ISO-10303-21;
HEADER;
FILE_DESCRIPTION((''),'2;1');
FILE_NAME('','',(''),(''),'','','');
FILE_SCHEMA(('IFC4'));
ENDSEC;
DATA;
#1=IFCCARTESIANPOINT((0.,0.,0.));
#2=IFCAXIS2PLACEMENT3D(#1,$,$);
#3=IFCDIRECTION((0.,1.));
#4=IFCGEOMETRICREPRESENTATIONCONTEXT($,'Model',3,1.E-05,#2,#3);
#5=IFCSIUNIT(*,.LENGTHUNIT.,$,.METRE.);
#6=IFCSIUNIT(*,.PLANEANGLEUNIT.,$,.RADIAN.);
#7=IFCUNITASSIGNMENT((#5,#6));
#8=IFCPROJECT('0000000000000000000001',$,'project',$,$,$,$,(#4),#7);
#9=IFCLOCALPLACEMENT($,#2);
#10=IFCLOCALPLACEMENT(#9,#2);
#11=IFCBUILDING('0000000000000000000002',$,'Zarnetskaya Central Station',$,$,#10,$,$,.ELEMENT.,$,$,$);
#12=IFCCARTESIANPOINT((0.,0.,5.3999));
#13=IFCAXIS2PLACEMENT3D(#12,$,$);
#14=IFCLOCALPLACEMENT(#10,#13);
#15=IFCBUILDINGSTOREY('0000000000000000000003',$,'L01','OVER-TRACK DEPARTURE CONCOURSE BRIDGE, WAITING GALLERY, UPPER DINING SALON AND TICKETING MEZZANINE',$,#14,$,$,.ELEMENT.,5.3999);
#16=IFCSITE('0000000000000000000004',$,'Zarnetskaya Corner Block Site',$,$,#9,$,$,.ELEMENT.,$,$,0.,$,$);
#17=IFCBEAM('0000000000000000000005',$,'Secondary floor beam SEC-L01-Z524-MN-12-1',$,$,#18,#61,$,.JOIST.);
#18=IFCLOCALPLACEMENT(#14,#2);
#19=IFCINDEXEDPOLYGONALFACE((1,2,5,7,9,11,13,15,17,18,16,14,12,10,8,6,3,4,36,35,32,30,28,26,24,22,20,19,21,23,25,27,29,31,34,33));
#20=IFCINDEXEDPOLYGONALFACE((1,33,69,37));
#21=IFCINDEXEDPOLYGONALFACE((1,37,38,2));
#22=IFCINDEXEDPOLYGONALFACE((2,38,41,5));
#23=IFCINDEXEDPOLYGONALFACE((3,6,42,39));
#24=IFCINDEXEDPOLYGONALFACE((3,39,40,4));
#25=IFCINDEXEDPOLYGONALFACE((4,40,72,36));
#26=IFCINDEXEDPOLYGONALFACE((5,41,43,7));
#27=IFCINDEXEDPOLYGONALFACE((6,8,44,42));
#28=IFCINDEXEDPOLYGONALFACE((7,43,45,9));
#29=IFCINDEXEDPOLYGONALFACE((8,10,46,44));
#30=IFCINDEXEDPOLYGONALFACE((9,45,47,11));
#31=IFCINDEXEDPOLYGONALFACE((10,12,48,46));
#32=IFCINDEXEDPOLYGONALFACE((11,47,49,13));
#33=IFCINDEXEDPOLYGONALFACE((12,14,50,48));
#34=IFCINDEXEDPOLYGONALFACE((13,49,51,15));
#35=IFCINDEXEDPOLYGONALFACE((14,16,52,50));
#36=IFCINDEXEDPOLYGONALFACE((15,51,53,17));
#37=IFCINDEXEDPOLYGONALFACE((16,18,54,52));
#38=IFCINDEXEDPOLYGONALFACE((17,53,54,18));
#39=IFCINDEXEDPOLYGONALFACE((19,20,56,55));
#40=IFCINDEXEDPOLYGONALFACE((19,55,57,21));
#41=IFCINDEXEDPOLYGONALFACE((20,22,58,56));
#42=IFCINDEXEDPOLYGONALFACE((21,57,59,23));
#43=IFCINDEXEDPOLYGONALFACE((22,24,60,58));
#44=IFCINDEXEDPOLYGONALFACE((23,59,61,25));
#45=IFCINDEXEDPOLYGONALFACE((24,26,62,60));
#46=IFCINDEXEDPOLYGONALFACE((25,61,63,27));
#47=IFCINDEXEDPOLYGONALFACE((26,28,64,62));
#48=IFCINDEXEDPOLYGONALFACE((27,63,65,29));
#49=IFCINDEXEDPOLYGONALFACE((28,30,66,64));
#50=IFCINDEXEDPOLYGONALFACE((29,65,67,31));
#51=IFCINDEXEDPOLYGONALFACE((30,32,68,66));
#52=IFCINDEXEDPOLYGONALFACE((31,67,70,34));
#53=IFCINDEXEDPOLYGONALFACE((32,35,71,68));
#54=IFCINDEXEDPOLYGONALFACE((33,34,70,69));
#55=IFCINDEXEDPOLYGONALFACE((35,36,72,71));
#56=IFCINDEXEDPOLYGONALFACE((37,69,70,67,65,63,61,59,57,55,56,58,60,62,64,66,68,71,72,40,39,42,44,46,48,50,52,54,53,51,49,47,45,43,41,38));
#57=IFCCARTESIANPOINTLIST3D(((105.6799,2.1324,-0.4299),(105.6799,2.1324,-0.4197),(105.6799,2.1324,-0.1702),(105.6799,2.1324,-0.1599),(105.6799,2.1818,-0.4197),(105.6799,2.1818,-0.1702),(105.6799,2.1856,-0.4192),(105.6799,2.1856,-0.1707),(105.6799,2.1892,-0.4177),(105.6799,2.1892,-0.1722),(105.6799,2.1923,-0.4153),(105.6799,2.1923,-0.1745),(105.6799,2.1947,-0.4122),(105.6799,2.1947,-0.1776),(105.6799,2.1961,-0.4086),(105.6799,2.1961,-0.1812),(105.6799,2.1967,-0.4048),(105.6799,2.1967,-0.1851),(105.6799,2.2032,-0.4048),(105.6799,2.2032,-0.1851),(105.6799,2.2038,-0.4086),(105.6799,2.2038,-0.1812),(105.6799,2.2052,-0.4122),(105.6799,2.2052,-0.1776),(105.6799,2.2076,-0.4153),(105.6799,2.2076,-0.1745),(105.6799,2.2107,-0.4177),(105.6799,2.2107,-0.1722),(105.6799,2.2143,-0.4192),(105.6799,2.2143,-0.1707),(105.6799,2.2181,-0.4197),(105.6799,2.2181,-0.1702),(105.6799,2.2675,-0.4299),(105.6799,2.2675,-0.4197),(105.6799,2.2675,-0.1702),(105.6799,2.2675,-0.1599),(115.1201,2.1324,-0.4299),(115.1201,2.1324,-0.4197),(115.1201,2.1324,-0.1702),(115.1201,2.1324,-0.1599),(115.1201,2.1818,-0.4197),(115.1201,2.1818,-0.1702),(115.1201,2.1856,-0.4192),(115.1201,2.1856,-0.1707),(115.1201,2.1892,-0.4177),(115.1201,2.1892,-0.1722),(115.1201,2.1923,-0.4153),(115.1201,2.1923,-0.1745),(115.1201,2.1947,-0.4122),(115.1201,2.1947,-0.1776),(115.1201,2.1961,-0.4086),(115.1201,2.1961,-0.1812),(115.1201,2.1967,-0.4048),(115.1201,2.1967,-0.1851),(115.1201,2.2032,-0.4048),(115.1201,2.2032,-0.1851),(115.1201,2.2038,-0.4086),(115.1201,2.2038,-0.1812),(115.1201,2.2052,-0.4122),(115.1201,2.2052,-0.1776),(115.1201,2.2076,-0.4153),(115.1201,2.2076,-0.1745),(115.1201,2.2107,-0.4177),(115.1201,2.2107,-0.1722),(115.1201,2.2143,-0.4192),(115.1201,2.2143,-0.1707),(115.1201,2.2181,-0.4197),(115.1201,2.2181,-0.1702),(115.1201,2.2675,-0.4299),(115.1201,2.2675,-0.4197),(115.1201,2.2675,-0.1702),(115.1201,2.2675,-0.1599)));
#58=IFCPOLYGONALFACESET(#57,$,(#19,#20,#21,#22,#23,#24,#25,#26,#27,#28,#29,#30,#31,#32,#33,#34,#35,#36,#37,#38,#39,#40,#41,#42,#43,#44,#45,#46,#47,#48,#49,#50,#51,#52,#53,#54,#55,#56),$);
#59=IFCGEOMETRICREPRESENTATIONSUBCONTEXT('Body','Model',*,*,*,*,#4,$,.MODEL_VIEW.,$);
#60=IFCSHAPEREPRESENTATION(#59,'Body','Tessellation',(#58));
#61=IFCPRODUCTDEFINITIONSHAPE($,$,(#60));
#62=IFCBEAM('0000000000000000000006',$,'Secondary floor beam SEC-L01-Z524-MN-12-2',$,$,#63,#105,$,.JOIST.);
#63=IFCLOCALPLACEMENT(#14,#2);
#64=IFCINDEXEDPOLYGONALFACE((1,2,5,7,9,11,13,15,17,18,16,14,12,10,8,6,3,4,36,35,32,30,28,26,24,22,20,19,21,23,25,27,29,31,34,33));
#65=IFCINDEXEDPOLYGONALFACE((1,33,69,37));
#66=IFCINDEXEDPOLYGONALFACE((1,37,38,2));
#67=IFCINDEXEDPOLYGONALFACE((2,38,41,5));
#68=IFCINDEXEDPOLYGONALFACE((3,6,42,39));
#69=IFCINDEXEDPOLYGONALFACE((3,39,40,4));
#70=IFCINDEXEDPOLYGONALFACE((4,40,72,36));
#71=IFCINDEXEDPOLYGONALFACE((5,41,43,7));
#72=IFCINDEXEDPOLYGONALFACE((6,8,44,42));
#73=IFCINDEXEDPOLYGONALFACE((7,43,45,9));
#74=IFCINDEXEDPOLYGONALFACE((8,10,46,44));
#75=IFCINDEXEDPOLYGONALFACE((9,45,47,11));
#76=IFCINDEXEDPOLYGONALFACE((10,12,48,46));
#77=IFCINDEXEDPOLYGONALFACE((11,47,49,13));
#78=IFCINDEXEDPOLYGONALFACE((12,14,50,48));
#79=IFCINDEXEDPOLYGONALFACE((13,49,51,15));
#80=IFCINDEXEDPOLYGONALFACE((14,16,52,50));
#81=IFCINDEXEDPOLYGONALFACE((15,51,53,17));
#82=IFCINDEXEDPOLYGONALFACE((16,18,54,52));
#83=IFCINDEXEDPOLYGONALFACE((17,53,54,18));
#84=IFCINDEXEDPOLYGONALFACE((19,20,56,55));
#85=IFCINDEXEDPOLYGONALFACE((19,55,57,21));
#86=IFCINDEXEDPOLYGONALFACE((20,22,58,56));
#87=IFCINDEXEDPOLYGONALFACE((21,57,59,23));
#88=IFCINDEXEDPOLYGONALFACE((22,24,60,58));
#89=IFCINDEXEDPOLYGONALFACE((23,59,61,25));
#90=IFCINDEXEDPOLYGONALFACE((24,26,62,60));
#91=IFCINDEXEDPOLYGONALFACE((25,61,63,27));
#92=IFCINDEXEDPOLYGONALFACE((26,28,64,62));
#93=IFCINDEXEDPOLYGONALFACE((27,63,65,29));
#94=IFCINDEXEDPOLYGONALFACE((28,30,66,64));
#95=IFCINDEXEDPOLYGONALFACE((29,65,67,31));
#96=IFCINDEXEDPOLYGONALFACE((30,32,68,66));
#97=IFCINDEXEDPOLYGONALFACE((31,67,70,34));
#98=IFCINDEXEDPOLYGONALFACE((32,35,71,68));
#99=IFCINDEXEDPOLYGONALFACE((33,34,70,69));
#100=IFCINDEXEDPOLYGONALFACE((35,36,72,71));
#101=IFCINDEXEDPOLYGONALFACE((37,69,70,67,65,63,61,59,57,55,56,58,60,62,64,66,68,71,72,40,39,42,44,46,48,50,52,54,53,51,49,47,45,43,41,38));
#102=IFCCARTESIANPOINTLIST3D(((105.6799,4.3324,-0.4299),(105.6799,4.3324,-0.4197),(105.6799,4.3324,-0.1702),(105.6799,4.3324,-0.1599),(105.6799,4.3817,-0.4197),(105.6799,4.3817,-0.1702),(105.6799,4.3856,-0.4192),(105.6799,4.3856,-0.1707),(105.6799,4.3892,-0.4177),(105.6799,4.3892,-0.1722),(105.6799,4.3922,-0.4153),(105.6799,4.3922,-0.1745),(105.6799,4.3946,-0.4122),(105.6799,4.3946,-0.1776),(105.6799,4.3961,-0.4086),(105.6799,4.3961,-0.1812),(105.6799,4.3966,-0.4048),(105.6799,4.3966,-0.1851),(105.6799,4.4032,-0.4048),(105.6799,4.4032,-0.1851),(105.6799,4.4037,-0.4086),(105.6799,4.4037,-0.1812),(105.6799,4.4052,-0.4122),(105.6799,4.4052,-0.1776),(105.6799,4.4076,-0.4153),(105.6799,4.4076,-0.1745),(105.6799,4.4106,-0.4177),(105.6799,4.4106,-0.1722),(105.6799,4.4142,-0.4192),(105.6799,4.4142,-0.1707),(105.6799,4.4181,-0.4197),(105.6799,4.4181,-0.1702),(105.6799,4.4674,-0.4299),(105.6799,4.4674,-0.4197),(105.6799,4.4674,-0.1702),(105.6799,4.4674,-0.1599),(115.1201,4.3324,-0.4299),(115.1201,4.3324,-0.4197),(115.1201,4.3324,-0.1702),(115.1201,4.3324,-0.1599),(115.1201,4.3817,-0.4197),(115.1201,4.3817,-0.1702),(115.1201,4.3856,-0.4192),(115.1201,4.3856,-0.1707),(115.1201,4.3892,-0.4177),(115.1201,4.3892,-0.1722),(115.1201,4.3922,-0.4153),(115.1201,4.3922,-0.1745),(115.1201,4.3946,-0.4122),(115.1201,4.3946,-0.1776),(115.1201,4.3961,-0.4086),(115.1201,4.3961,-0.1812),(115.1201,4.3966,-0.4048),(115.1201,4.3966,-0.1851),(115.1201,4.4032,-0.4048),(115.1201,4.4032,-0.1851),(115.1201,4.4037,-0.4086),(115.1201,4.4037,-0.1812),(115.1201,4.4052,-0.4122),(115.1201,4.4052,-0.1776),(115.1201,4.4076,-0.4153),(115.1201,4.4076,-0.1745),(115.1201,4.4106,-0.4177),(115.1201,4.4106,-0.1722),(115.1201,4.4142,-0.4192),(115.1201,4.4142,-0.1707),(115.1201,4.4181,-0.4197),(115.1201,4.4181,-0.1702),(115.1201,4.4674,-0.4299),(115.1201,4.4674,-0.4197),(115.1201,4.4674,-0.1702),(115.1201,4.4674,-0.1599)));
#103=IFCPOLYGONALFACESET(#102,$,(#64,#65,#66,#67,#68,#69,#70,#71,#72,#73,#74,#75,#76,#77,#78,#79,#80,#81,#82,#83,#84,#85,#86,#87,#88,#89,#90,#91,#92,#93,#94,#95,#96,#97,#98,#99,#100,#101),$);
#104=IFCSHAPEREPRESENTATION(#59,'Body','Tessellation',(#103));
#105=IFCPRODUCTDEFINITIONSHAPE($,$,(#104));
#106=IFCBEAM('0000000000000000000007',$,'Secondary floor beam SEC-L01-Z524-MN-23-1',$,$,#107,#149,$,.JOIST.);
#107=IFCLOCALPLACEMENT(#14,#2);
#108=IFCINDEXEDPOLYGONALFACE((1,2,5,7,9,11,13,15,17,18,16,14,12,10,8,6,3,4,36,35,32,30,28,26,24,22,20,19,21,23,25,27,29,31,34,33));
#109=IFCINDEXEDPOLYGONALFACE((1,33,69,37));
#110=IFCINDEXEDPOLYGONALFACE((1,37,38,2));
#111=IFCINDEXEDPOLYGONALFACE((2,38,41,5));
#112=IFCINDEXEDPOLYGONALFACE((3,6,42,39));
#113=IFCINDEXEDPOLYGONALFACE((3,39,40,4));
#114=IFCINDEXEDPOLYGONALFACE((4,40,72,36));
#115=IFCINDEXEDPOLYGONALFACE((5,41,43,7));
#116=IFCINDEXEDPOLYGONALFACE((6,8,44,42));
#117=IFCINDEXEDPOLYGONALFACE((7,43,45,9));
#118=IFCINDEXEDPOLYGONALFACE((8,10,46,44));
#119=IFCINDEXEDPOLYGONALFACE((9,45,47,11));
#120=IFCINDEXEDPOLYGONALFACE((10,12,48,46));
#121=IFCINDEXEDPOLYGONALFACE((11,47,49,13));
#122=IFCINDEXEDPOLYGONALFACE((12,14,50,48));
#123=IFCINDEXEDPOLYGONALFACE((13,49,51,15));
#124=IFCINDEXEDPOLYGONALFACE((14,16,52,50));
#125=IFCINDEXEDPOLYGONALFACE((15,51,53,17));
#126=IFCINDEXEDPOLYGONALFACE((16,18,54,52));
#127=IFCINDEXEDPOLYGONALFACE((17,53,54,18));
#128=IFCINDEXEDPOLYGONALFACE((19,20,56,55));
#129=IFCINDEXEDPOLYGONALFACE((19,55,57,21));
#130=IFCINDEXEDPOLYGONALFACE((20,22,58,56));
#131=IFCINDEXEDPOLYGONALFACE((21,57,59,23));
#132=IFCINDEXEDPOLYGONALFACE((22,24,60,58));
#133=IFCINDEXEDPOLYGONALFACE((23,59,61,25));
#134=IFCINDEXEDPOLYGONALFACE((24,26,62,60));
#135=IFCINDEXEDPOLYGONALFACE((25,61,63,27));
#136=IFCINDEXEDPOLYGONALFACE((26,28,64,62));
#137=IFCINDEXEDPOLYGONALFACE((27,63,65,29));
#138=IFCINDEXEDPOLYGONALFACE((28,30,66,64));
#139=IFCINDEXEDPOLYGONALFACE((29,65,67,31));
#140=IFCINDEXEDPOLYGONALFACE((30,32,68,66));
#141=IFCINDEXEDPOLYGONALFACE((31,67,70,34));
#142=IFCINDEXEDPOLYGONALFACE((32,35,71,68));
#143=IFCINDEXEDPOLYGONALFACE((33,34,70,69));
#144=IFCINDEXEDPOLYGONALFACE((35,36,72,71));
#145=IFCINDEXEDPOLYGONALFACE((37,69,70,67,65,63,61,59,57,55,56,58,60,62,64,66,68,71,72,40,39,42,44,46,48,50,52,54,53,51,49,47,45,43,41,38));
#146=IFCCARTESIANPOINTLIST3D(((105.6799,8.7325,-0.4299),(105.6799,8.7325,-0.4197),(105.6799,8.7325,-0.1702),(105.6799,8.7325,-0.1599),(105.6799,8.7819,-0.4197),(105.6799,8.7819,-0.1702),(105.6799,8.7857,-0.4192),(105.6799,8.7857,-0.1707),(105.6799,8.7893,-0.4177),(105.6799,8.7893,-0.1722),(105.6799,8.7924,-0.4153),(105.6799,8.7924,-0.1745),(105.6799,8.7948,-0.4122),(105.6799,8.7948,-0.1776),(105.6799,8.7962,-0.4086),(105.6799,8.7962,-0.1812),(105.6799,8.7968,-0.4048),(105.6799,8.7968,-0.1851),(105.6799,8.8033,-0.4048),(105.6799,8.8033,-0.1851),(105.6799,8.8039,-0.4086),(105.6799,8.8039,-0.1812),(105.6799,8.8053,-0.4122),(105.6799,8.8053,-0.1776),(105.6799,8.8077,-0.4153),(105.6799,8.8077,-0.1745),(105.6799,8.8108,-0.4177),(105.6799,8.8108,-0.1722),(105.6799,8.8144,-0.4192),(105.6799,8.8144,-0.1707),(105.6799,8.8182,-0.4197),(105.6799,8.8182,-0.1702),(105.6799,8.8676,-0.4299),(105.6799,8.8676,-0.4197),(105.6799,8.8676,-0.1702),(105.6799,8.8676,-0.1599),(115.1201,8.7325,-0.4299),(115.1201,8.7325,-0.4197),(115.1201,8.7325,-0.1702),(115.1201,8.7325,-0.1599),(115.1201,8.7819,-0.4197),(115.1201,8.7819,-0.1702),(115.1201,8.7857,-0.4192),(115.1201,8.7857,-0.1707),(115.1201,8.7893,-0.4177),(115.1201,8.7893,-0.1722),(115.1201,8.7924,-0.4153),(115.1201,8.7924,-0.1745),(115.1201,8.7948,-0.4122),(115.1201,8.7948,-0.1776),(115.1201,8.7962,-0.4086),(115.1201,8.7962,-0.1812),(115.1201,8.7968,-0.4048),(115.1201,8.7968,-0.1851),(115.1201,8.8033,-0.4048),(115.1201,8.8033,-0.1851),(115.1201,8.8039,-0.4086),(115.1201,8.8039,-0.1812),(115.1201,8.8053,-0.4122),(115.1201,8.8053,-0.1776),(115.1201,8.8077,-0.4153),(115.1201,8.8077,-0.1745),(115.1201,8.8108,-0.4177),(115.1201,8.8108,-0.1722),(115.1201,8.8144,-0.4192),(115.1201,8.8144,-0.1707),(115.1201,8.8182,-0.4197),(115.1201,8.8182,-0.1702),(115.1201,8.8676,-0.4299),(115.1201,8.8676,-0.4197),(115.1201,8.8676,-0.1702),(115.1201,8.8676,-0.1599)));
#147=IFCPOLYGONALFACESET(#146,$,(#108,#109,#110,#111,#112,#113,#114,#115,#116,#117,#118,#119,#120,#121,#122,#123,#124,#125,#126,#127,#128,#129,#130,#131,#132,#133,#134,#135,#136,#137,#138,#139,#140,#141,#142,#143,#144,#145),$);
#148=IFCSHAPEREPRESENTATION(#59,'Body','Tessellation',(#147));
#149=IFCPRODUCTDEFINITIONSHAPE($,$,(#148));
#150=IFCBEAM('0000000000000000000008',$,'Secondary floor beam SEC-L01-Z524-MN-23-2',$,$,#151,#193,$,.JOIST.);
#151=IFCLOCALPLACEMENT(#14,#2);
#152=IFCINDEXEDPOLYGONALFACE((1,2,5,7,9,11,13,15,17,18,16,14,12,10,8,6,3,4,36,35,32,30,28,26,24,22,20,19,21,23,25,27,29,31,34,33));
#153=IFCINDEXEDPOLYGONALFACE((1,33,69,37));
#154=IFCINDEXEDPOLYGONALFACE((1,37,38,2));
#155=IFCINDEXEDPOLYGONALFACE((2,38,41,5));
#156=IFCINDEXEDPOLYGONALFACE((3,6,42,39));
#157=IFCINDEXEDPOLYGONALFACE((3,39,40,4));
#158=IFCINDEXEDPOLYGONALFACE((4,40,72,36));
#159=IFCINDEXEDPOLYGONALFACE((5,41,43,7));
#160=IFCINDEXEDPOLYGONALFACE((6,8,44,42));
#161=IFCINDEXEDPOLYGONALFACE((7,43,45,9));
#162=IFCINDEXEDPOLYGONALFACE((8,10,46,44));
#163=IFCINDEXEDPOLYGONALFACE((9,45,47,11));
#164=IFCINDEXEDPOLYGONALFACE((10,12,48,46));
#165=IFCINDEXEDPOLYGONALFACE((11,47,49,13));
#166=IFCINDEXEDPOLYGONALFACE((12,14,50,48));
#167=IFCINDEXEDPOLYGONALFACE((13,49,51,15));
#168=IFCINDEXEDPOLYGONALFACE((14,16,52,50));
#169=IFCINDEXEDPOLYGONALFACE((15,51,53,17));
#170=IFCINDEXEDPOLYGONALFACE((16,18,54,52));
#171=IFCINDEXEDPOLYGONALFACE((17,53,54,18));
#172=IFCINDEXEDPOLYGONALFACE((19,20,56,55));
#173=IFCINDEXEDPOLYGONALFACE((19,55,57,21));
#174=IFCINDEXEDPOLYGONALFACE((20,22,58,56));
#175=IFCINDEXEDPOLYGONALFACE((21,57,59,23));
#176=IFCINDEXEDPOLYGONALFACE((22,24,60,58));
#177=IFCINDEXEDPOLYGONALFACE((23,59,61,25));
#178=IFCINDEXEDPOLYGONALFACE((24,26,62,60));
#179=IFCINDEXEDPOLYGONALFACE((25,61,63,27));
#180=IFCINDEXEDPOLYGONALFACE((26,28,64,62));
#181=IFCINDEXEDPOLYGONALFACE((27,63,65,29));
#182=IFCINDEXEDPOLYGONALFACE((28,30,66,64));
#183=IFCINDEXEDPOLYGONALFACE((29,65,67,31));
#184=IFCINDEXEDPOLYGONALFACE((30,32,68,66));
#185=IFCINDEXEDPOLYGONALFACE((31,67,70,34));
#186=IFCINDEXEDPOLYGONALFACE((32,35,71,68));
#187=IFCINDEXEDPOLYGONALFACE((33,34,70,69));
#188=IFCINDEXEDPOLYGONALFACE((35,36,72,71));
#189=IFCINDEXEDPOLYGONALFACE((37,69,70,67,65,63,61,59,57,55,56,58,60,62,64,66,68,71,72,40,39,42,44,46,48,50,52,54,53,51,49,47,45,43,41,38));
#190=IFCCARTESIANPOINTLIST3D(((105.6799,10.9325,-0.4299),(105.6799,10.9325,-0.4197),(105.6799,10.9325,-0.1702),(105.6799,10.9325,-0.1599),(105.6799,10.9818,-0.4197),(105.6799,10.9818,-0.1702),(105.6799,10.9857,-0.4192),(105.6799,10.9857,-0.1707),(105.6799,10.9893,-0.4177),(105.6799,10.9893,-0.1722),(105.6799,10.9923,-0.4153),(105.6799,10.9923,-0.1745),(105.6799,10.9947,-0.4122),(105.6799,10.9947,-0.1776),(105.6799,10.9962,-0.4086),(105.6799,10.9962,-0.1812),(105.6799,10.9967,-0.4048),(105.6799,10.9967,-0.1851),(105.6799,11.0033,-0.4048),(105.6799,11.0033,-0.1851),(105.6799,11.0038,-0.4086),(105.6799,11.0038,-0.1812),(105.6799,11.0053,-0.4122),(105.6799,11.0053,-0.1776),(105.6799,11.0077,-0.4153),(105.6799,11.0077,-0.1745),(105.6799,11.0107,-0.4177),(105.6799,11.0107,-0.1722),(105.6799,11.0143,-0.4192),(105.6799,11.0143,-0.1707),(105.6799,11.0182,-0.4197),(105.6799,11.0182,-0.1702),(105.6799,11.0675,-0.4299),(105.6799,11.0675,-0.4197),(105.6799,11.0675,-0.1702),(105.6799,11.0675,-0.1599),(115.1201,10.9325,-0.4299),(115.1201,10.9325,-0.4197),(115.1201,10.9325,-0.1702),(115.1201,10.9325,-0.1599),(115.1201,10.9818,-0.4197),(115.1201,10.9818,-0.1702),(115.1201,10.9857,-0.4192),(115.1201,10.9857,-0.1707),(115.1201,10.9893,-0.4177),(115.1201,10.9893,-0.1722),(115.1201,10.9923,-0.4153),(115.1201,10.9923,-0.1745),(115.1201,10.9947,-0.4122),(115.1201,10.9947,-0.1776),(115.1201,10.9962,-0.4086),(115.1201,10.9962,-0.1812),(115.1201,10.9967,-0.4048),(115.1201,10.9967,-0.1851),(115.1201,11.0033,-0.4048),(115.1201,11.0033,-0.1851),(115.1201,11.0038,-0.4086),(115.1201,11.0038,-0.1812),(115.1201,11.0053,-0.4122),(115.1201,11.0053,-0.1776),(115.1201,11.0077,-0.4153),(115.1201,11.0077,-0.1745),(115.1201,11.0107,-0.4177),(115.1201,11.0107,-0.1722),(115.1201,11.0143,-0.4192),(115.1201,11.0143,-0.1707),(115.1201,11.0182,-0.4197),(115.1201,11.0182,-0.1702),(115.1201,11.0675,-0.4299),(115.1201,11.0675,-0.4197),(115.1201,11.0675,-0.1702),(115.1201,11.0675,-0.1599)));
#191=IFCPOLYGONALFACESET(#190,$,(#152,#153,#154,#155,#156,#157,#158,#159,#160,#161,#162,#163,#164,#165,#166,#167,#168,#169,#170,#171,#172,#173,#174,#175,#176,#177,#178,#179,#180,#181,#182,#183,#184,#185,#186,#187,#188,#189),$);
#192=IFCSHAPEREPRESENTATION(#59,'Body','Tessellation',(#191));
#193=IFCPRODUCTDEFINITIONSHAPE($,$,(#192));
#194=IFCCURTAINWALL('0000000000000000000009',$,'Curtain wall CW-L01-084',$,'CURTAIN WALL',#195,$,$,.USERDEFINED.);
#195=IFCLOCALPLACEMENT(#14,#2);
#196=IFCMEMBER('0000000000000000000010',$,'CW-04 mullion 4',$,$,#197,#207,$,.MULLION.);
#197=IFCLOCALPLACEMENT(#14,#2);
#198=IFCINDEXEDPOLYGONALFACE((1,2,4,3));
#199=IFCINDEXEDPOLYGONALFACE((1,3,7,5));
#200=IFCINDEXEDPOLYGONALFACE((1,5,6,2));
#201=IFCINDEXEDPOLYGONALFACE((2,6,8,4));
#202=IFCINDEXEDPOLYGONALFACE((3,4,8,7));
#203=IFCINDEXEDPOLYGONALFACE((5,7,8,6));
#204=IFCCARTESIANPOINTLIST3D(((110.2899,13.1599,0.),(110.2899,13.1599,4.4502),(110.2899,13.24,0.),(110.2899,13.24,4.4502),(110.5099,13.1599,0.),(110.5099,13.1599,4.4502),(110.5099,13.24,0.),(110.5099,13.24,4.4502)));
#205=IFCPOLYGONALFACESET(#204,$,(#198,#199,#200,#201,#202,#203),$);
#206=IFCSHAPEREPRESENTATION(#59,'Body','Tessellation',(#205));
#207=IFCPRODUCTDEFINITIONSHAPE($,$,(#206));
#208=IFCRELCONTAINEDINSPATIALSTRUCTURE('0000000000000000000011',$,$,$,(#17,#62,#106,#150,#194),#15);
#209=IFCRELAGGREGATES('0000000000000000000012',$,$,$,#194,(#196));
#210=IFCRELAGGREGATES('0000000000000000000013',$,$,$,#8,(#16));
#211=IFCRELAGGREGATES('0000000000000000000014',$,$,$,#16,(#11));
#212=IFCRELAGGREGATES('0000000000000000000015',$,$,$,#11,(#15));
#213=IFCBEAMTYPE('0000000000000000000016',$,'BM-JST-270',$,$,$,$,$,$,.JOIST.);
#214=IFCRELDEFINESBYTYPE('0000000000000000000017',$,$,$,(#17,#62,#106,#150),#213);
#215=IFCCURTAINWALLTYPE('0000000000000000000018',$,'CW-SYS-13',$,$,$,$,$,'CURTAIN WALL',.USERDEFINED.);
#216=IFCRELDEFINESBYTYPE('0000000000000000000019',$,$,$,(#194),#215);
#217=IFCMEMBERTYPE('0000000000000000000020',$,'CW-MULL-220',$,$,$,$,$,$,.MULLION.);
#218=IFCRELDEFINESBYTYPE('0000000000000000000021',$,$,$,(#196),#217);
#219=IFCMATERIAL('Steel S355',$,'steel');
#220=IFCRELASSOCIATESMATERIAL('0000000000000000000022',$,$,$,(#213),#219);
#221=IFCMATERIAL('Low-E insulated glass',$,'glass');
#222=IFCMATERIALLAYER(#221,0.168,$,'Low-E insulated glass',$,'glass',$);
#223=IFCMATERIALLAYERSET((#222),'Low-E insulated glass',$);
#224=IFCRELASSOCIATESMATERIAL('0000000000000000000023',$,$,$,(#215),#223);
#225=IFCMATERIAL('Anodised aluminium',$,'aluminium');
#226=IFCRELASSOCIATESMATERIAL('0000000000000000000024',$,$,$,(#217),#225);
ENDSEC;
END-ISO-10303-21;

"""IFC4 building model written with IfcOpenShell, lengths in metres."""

from ifc_helpers import new_model, si_unit, direction, frame, origin, origin_2d, place, context, subcontext, project, spatial, rectangle, i_section, extrude, material, layer, layer_set, material_profile, profile_set, type_object, element, aggregate, save


model = new_model("IFC4")

# Units and contexts
model_context = context("Model", 3, precision=1e-05, world=origin(), true_north=direction((0.0, 1.0)))
body_context = subcontext(model_context, "Body", "Model", "MODEL_VIEW")
ifc_project = project(units=[si_unit("LENGTHUNIT", "METRE"), si_unit("PLANEANGLEUNIT", "RADIAN")], contexts=[model_context])

# Site, building, storey
site_placement = place(None, origin())
site = spatial("IfcSite", under=ifc_project, at=site_placement, Name="Zarnetskaya Corner Block Site", CompositionType="ELEMENT", RefElevation=0.0)
building_placement = place(site_placement, origin())
building = spatial("IfcBuilding", under=site, at=building_placement, Name="Zarnetskaya Central Station", CompositionType="ELEMENT")
storey_placement = place(building_placement, frame((0.0, 0.0, 5.3999)))
storey = spatial("IfcBuildingStorey", under=building, at=storey_placement, Name="L01", Description="OVER-TRACK DEPARTURE CONCOURSE BRIDGE, WAITING GALLERY, UPPER DINING SALON AND TICKETING MEZZANINE", CompositionType="ELEMENT", Elevation=5.3999)

# Beams
ifc_material_1 = material(Name="Steel S355", Category="steel")
ifc_material_profile_1 = material_profile(ifc_material_1, i_section(OverallWidth=0.135, OverallDepth=0.27, WebThickness=0.0066, FlangeThickness=0.0103, FilletRadius=0.0149, at=origin_2d()), Name="IPE 270")
ifc_profile_set_1 = profile_set([ifc_material_profile_1], Name="Steel S355")
beam_type_1 = type_object("IfcBeamType", Name="BM-JST-270", PredefinedType="JOIST", material=ifc_profile_set_1)
for number, where, z_axis, x_axis, name in (
    (1, (105.6799, 2.2, -0.2949), (1.0, 0.0, 0.0), (0.0, 1.0, 0.0), "Secondary floor beam SEC-L01-Z524-MN-12-1"),
    (2, (105.6799, 4.3999, -0.2949), (1.0, 0.0, 0.0), (0.0, 1.0, 0.0), "Secondary floor beam SEC-L01-Z524-MN-12-2"),
    (3, (105.6799, 8.8, -0.2949), (1.0, 0.0, 0.0), (0.0, 1.0, 0.0), "Secondary floor beam SEC-L01-Z524-MN-23-1"),
    (4, (105.6799, 11.0, -0.2949), (1.0, 0.0, 0.0), (0.0, 1.0, 0.0), "Secondary floor beam SEC-L01-Z524-MN-23-2"),
):
    element("IfcBeam", number, at=place(storey_placement, frame(where, z_axis=z_axis, x_axis=x_axis)), inside=storey, type_object=beam_type_1, Name=name, PredefinedType="JOIST", context=body_context, shape_type="SweptSolid", body=[
        extrude(i_section(OverallWidth=0.135, OverallDepth=0.27, WebThickness=0.0066, FlangeThickness=0.0103, FilletRadius=0.0149, at=origin_2d()), origin(), (0.0, 0.0, 1.0), 9.4402),
    ])

# Curtain wall, member
ifc_material_2 = material(Name="Low-E insulated glass", Category="glass")
ifc_layer_1 = layer(ifc_material_2, 0.168, Name="Low-E insulated glass", Category="glass")
ifc_layer_set_1 = layer_set([ifc_layer_1], Name="Low-E insulated glass")
curtain_wall_type = type_object("IfcCurtainWallType", Name="CW-SYS-13", ElementType="CURTAIN WALL", PredefinedType="USERDEFINED", material=ifc_layer_set_1)
curtain_wall_placement = place(storey_placement, origin())
curtain_wall = element("IfcCurtainWall", 5, at=curtain_wall_placement, inside=storey, type_object=curtain_wall_type, Name="Curtain wall CW-L01-084", ObjectType="CURTAIN WALL", PredefinedType="USERDEFINED")
ifc_material_3 = material(Name="Anodised aluminium", Category="aluminium")
ifc_material_profile_2 = material_profile(ifc_material_3, rectangle(XDim=0.0801, YDim=0.22, at=origin_2d()), Name="ALU MULL 80x220")
ifc_profile_set_2 = profile_set([ifc_material_profile_2], Name="Anodised aluminium")
member_type_1 = type_object("IfcMemberType", Name="CW-MULL-220", PredefinedType="MULLION", material=ifc_profile_set_2)
member_1_placement = place(storey_placement, frame((110.3999, 13.2, 0.0), z_axis=(0.0, 0.0, 1.0), x_axis=(0.0, -1.0, 0.0)))
member_1 = element("IfcMember", 6, at=member_1_placement, type_object=member_type_1, Name="CW-04 mullion 4", PredefinedType="MULLION", context=body_context, shape_type="SweptSolid", body=[
    extrude(rectangle(XDim=0.0801, YDim=0.22, at=origin_2d()), origin(), (0.0, 0.0, 1.0), 4.4502),
])

aggregate(curtain_wall, [member_1])

save(model, "model.ifc")
